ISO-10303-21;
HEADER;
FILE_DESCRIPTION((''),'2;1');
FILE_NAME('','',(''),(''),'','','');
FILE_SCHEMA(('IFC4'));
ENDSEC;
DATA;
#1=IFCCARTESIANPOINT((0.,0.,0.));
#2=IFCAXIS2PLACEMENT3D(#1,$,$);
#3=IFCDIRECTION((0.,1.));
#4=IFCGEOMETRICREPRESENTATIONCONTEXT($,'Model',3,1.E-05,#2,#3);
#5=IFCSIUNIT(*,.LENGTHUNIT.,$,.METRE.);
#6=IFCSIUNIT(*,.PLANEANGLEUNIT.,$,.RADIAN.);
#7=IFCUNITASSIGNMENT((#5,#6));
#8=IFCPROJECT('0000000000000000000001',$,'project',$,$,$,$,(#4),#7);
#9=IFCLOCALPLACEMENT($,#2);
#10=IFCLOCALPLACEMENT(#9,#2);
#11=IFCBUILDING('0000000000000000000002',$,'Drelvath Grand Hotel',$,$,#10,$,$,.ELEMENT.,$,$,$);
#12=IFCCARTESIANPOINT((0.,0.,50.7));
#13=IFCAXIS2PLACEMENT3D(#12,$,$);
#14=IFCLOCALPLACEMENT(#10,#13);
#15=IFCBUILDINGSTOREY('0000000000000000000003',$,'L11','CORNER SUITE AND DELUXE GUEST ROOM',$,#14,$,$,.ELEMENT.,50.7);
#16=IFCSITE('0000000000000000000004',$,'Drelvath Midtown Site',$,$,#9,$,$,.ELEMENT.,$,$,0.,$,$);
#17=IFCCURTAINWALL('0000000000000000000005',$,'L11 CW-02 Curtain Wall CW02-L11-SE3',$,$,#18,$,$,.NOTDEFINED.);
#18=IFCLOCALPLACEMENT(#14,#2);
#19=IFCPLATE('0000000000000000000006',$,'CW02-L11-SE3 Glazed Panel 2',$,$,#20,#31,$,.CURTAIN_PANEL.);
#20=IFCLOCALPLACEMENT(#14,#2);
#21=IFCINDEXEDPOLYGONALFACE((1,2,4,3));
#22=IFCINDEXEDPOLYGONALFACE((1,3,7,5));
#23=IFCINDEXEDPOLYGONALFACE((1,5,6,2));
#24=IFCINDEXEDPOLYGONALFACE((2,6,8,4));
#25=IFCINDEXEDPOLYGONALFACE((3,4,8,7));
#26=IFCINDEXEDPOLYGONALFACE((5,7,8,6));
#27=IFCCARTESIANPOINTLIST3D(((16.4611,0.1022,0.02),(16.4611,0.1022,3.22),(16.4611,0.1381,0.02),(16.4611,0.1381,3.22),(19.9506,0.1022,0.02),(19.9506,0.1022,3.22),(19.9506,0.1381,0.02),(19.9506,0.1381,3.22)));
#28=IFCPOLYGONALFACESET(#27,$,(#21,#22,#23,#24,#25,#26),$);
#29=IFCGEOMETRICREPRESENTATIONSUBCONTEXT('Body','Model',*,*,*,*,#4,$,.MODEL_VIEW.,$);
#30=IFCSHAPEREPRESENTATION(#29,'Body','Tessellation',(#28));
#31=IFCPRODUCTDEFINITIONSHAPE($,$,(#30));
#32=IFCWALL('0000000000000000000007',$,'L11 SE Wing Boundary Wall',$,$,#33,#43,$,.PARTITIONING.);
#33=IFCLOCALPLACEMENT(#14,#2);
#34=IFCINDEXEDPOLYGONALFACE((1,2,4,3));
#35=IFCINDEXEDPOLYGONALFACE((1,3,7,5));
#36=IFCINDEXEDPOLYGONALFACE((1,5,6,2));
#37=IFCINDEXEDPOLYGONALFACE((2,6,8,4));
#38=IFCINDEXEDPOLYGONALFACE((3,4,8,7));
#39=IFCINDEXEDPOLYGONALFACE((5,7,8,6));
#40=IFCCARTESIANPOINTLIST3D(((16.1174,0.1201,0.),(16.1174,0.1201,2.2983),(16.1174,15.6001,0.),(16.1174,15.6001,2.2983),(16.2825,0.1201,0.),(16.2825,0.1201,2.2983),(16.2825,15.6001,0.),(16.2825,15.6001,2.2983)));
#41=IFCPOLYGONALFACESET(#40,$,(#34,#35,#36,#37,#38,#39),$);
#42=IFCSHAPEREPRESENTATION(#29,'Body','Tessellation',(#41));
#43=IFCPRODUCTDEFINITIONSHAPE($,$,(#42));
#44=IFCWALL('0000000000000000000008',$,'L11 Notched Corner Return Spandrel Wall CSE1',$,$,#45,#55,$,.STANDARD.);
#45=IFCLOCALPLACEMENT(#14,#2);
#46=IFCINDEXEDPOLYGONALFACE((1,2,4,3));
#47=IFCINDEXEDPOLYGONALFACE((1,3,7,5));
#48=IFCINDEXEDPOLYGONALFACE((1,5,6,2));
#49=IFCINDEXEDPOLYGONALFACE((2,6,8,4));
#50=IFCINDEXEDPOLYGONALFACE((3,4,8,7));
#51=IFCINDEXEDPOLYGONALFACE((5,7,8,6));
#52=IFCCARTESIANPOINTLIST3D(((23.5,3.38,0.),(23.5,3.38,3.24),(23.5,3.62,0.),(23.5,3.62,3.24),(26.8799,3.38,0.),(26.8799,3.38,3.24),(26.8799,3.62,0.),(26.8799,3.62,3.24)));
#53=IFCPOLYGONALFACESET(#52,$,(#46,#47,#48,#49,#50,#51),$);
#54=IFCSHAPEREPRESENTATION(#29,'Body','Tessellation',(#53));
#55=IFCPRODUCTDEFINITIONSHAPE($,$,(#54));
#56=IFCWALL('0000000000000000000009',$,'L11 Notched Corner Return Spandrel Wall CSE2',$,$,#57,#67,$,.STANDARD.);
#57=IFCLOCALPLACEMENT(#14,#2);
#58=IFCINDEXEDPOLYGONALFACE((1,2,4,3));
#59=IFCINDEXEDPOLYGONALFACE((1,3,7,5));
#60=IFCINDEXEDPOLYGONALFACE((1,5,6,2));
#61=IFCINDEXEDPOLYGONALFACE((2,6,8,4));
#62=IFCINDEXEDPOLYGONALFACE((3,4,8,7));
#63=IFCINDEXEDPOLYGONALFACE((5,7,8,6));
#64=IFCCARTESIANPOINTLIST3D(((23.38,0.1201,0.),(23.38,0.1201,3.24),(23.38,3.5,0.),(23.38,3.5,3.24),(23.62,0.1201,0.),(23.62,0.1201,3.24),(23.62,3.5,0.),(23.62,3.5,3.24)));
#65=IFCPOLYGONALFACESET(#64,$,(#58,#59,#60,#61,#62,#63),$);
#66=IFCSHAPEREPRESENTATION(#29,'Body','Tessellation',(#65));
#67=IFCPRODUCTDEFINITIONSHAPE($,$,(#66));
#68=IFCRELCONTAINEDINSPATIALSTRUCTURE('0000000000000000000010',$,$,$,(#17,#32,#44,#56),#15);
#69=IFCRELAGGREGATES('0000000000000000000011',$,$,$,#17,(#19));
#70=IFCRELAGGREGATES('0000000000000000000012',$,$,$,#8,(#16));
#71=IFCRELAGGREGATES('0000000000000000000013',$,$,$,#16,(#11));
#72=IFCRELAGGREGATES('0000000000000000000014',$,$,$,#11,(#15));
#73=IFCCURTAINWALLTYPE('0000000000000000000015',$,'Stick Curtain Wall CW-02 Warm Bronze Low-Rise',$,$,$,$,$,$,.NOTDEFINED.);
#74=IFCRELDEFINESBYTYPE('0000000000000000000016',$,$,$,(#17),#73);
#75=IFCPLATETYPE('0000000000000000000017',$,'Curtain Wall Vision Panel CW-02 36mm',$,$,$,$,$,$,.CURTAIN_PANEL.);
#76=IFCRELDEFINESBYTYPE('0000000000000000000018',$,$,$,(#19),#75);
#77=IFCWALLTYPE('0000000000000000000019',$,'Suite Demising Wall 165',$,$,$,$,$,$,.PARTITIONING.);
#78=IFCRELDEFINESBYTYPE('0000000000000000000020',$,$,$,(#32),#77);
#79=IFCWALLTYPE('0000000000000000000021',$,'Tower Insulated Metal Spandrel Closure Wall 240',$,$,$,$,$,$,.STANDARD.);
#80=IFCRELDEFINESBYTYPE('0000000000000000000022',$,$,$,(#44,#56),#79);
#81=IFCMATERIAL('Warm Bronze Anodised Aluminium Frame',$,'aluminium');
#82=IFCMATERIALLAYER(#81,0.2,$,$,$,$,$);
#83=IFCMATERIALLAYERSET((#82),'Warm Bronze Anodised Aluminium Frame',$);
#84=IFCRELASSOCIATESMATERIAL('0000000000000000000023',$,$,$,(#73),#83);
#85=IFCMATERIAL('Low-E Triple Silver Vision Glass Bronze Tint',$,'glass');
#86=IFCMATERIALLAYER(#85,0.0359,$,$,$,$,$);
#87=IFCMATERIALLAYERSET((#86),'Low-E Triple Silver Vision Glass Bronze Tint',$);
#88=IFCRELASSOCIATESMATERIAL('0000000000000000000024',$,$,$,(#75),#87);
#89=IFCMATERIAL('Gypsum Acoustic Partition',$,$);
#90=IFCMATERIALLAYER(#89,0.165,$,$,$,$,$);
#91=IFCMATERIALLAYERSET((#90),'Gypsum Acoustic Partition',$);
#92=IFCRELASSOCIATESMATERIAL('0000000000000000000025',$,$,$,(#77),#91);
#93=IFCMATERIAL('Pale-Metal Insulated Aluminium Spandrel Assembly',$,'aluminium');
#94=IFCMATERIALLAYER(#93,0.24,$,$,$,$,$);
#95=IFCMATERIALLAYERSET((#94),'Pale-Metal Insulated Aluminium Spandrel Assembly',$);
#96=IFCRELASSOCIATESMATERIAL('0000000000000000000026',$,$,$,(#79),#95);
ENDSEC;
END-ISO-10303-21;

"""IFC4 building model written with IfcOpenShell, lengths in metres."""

from ifc_helpers import new_model, si_unit, direction, frame, frame_2d, origin, origin_2d, place, context, subcontext, project, spatial, rectangle, extrude, material, layer, layer_set, type_object, element, aggregate, save


model = new_model("IFC4")

# Units and contexts
model_context = context("Model", 3, precision=1e-05, world=origin(), true_north=direction((0.0, 1.0)))
body_context = subcontext(model_context, "Body", "Model", "MODEL_VIEW")
ifc_project = project(units=[si_unit("LENGTHUNIT", "METRE"), si_unit("PLANEANGLEUNIT", "RADIAN")], contexts=[model_context])

# Site, building, storey
site_placement = place(None, origin())
site = spatial("IfcSite", under=ifc_project, at=site_placement, Name="Drelvath Midtown Site", CompositionType="ELEMENT", RefElevation=0.0)
building_placement = place(site_placement, origin())
building = spatial("IfcBuilding", under=site, at=building_placement, Name="Drelvath Grand Hotel", CompositionType="ELEMENT")
storey_placement = place(building_placement, frame((0.0, 0.0, 50.7)))
storey = spatial("IfcBuildingStorey", under=building, at=storey_placement, Name="L11", Description="CORNER SUITE AND DELUXE GUEST ROOM", CompositionType="ELEMENT", Elevation=50.7)

# Curtain wall
ifc_material_1 = material(Name="Warm Bronze Anodised Aluminium Frame", Category="aluminium")
ifc_layer_1 = layer(ifc_material_1, 0.2)
ifc_layer_set_1 = layer_set([ifc_layer_1], Name="Warm Bronze Anodised Aluminium Frame")
curtain_wall_type = type_object("IfcCurtainWallType", Name="Stick Curtain Wall CW-02 Warm Bronze Low-Rise", PredefinedType="NOTDEFINED", material=ifc_layer_set_1)
curtain_wall_1_placement = place(storey_placement, origin())
curtain_wall_1 = element("IfcCurtainWall", 1, at=curtain_wall_1_placement, inside=storey, type_object=curtain_wall_type, Name="L11 CW-02 Curtain Wall CW02-L11-SE3", PredefinedType="NOTDEFINED")

# Plate
ifc_material_2 = material(Name="Low-E Triple Silver Vision Glass Bronze Tint", Category="glass")
ifc_layer_2 = layer(ifc_material_2, 0.0359)
ifc_layer_set_2 = layer_set([ifc_layer_2], Name="Low-E Triple Silver Vision Glass Bronze Tint")
plate_type = type_object("IfcPlateType", Name="Curtain Wall Vision Panel CW-02 36mm", PredefinedType="CURTAIN_PANEL", material=ifc_layer_set_2)
plate_1_placement = place(storey_placement, frame((18.2058, 0.1201, 0.02), z_axis=(0.0, 0.0, 1.0), x_axis=(-1.0, 0.0, 0.0)))
plate_1 = element("IfcPlate", 2, at=plate_1_placement, type_object=plate_type, Name="CW02-L11-SE3 Glazed Panel 2", PredefinedType="CURTAIN_PANEL", context=body_context, shape_type="SweptSolid", body=[
    extrude(rectangle(XDim=3.4895, YDim=0.0359, at=origin_2d()), origin(), (0.0, 0.0, 1.0), 3.2),
])
aggregate(curtain_wall_1, [plate_1])

# Walls
ifc_material_3 = material(Name="Gypsum Acoustic Partition")
ifc_layer_3 = layer(ifc_material_3, 0.165)
ifc_layer_set_3 = layer_set([ifc_layer_3], Name="Gypsum Acoustic Partition")
wall_type_1 = type_object("IfcWallType", Name="Suite Demising Wall 165", PredefinedType="PARTITIONING", material=ifc_layer_set_3)
wall_placement = place(storey_placement, frame((16.2, 0.1201, 0.0), z_axis=(0.0, 0.0, 1.0), x_axis=(0.0, 1.0, 0.0)))
element("IfcWall", 3, at=wall_placement, inside=storey, type_object=wall_type_1, Name="L11 SE Wing Boundary Wall", PredefinedType="PARTITIONING", context=body_context, shape_type="SweptSolid", body=[
    extrude(rectangle(XDim=15.48, YDim=0.165, at=frame_2d((7.74, 0.0))), origin(), (0.0, 0.0, 1.0), 2.2983),
])
ifc_material_4 = material(Name="Pale-Metal Insulated Aluminium Spandrel Assembly", Category="aluminium")
ifc_layer_4 = layer(ifc_material_4, 0.24)
ifc_layer_set_4 = layer_set([ifc_layer_4], Name="Pale-Metal Insulated Aluminium Spandrel Assembly")
wall_type_2 = type_object("IfcWallType", Name="Tower Insulated Metal Spandrel Closure Wall 240", PredefinedType="STANDARD", material=ifc_layer_set_4)
for number, where, z_axis, x_axis, name in (
    (4, (26.8799, 3.5, 0.0), (0.0, 0.0, 1.0), (-1.0, 0.0, 0.0), "L11 Notched Corner Return Spandrel Wall CSE1"),
    (5, (23.5, 3.5, 0.0), (0.0, 0.0, 1.0), (0.0, -1.0, 0.0), "L11 Notched Corner Return Spandrel Wall CSE2"),
):
    element("IfcWall", number, at=place(storey_placement, frame(where, z_axis=z_axis, x_axis=x_axis)), inside=storey, type_object=wall_type_2, Name=name, PredefinedType="STANDARD", context=body_context, shape_type="SweptSolid", body=[
        extrude(rectangle(XDim=3.3799, YDim=0.24, at=frame_2d((1.6899, 0.0))), origin(), (0.0, 0.0, 1.0), 3.24),
    ])

save(model, "model.ifc")
